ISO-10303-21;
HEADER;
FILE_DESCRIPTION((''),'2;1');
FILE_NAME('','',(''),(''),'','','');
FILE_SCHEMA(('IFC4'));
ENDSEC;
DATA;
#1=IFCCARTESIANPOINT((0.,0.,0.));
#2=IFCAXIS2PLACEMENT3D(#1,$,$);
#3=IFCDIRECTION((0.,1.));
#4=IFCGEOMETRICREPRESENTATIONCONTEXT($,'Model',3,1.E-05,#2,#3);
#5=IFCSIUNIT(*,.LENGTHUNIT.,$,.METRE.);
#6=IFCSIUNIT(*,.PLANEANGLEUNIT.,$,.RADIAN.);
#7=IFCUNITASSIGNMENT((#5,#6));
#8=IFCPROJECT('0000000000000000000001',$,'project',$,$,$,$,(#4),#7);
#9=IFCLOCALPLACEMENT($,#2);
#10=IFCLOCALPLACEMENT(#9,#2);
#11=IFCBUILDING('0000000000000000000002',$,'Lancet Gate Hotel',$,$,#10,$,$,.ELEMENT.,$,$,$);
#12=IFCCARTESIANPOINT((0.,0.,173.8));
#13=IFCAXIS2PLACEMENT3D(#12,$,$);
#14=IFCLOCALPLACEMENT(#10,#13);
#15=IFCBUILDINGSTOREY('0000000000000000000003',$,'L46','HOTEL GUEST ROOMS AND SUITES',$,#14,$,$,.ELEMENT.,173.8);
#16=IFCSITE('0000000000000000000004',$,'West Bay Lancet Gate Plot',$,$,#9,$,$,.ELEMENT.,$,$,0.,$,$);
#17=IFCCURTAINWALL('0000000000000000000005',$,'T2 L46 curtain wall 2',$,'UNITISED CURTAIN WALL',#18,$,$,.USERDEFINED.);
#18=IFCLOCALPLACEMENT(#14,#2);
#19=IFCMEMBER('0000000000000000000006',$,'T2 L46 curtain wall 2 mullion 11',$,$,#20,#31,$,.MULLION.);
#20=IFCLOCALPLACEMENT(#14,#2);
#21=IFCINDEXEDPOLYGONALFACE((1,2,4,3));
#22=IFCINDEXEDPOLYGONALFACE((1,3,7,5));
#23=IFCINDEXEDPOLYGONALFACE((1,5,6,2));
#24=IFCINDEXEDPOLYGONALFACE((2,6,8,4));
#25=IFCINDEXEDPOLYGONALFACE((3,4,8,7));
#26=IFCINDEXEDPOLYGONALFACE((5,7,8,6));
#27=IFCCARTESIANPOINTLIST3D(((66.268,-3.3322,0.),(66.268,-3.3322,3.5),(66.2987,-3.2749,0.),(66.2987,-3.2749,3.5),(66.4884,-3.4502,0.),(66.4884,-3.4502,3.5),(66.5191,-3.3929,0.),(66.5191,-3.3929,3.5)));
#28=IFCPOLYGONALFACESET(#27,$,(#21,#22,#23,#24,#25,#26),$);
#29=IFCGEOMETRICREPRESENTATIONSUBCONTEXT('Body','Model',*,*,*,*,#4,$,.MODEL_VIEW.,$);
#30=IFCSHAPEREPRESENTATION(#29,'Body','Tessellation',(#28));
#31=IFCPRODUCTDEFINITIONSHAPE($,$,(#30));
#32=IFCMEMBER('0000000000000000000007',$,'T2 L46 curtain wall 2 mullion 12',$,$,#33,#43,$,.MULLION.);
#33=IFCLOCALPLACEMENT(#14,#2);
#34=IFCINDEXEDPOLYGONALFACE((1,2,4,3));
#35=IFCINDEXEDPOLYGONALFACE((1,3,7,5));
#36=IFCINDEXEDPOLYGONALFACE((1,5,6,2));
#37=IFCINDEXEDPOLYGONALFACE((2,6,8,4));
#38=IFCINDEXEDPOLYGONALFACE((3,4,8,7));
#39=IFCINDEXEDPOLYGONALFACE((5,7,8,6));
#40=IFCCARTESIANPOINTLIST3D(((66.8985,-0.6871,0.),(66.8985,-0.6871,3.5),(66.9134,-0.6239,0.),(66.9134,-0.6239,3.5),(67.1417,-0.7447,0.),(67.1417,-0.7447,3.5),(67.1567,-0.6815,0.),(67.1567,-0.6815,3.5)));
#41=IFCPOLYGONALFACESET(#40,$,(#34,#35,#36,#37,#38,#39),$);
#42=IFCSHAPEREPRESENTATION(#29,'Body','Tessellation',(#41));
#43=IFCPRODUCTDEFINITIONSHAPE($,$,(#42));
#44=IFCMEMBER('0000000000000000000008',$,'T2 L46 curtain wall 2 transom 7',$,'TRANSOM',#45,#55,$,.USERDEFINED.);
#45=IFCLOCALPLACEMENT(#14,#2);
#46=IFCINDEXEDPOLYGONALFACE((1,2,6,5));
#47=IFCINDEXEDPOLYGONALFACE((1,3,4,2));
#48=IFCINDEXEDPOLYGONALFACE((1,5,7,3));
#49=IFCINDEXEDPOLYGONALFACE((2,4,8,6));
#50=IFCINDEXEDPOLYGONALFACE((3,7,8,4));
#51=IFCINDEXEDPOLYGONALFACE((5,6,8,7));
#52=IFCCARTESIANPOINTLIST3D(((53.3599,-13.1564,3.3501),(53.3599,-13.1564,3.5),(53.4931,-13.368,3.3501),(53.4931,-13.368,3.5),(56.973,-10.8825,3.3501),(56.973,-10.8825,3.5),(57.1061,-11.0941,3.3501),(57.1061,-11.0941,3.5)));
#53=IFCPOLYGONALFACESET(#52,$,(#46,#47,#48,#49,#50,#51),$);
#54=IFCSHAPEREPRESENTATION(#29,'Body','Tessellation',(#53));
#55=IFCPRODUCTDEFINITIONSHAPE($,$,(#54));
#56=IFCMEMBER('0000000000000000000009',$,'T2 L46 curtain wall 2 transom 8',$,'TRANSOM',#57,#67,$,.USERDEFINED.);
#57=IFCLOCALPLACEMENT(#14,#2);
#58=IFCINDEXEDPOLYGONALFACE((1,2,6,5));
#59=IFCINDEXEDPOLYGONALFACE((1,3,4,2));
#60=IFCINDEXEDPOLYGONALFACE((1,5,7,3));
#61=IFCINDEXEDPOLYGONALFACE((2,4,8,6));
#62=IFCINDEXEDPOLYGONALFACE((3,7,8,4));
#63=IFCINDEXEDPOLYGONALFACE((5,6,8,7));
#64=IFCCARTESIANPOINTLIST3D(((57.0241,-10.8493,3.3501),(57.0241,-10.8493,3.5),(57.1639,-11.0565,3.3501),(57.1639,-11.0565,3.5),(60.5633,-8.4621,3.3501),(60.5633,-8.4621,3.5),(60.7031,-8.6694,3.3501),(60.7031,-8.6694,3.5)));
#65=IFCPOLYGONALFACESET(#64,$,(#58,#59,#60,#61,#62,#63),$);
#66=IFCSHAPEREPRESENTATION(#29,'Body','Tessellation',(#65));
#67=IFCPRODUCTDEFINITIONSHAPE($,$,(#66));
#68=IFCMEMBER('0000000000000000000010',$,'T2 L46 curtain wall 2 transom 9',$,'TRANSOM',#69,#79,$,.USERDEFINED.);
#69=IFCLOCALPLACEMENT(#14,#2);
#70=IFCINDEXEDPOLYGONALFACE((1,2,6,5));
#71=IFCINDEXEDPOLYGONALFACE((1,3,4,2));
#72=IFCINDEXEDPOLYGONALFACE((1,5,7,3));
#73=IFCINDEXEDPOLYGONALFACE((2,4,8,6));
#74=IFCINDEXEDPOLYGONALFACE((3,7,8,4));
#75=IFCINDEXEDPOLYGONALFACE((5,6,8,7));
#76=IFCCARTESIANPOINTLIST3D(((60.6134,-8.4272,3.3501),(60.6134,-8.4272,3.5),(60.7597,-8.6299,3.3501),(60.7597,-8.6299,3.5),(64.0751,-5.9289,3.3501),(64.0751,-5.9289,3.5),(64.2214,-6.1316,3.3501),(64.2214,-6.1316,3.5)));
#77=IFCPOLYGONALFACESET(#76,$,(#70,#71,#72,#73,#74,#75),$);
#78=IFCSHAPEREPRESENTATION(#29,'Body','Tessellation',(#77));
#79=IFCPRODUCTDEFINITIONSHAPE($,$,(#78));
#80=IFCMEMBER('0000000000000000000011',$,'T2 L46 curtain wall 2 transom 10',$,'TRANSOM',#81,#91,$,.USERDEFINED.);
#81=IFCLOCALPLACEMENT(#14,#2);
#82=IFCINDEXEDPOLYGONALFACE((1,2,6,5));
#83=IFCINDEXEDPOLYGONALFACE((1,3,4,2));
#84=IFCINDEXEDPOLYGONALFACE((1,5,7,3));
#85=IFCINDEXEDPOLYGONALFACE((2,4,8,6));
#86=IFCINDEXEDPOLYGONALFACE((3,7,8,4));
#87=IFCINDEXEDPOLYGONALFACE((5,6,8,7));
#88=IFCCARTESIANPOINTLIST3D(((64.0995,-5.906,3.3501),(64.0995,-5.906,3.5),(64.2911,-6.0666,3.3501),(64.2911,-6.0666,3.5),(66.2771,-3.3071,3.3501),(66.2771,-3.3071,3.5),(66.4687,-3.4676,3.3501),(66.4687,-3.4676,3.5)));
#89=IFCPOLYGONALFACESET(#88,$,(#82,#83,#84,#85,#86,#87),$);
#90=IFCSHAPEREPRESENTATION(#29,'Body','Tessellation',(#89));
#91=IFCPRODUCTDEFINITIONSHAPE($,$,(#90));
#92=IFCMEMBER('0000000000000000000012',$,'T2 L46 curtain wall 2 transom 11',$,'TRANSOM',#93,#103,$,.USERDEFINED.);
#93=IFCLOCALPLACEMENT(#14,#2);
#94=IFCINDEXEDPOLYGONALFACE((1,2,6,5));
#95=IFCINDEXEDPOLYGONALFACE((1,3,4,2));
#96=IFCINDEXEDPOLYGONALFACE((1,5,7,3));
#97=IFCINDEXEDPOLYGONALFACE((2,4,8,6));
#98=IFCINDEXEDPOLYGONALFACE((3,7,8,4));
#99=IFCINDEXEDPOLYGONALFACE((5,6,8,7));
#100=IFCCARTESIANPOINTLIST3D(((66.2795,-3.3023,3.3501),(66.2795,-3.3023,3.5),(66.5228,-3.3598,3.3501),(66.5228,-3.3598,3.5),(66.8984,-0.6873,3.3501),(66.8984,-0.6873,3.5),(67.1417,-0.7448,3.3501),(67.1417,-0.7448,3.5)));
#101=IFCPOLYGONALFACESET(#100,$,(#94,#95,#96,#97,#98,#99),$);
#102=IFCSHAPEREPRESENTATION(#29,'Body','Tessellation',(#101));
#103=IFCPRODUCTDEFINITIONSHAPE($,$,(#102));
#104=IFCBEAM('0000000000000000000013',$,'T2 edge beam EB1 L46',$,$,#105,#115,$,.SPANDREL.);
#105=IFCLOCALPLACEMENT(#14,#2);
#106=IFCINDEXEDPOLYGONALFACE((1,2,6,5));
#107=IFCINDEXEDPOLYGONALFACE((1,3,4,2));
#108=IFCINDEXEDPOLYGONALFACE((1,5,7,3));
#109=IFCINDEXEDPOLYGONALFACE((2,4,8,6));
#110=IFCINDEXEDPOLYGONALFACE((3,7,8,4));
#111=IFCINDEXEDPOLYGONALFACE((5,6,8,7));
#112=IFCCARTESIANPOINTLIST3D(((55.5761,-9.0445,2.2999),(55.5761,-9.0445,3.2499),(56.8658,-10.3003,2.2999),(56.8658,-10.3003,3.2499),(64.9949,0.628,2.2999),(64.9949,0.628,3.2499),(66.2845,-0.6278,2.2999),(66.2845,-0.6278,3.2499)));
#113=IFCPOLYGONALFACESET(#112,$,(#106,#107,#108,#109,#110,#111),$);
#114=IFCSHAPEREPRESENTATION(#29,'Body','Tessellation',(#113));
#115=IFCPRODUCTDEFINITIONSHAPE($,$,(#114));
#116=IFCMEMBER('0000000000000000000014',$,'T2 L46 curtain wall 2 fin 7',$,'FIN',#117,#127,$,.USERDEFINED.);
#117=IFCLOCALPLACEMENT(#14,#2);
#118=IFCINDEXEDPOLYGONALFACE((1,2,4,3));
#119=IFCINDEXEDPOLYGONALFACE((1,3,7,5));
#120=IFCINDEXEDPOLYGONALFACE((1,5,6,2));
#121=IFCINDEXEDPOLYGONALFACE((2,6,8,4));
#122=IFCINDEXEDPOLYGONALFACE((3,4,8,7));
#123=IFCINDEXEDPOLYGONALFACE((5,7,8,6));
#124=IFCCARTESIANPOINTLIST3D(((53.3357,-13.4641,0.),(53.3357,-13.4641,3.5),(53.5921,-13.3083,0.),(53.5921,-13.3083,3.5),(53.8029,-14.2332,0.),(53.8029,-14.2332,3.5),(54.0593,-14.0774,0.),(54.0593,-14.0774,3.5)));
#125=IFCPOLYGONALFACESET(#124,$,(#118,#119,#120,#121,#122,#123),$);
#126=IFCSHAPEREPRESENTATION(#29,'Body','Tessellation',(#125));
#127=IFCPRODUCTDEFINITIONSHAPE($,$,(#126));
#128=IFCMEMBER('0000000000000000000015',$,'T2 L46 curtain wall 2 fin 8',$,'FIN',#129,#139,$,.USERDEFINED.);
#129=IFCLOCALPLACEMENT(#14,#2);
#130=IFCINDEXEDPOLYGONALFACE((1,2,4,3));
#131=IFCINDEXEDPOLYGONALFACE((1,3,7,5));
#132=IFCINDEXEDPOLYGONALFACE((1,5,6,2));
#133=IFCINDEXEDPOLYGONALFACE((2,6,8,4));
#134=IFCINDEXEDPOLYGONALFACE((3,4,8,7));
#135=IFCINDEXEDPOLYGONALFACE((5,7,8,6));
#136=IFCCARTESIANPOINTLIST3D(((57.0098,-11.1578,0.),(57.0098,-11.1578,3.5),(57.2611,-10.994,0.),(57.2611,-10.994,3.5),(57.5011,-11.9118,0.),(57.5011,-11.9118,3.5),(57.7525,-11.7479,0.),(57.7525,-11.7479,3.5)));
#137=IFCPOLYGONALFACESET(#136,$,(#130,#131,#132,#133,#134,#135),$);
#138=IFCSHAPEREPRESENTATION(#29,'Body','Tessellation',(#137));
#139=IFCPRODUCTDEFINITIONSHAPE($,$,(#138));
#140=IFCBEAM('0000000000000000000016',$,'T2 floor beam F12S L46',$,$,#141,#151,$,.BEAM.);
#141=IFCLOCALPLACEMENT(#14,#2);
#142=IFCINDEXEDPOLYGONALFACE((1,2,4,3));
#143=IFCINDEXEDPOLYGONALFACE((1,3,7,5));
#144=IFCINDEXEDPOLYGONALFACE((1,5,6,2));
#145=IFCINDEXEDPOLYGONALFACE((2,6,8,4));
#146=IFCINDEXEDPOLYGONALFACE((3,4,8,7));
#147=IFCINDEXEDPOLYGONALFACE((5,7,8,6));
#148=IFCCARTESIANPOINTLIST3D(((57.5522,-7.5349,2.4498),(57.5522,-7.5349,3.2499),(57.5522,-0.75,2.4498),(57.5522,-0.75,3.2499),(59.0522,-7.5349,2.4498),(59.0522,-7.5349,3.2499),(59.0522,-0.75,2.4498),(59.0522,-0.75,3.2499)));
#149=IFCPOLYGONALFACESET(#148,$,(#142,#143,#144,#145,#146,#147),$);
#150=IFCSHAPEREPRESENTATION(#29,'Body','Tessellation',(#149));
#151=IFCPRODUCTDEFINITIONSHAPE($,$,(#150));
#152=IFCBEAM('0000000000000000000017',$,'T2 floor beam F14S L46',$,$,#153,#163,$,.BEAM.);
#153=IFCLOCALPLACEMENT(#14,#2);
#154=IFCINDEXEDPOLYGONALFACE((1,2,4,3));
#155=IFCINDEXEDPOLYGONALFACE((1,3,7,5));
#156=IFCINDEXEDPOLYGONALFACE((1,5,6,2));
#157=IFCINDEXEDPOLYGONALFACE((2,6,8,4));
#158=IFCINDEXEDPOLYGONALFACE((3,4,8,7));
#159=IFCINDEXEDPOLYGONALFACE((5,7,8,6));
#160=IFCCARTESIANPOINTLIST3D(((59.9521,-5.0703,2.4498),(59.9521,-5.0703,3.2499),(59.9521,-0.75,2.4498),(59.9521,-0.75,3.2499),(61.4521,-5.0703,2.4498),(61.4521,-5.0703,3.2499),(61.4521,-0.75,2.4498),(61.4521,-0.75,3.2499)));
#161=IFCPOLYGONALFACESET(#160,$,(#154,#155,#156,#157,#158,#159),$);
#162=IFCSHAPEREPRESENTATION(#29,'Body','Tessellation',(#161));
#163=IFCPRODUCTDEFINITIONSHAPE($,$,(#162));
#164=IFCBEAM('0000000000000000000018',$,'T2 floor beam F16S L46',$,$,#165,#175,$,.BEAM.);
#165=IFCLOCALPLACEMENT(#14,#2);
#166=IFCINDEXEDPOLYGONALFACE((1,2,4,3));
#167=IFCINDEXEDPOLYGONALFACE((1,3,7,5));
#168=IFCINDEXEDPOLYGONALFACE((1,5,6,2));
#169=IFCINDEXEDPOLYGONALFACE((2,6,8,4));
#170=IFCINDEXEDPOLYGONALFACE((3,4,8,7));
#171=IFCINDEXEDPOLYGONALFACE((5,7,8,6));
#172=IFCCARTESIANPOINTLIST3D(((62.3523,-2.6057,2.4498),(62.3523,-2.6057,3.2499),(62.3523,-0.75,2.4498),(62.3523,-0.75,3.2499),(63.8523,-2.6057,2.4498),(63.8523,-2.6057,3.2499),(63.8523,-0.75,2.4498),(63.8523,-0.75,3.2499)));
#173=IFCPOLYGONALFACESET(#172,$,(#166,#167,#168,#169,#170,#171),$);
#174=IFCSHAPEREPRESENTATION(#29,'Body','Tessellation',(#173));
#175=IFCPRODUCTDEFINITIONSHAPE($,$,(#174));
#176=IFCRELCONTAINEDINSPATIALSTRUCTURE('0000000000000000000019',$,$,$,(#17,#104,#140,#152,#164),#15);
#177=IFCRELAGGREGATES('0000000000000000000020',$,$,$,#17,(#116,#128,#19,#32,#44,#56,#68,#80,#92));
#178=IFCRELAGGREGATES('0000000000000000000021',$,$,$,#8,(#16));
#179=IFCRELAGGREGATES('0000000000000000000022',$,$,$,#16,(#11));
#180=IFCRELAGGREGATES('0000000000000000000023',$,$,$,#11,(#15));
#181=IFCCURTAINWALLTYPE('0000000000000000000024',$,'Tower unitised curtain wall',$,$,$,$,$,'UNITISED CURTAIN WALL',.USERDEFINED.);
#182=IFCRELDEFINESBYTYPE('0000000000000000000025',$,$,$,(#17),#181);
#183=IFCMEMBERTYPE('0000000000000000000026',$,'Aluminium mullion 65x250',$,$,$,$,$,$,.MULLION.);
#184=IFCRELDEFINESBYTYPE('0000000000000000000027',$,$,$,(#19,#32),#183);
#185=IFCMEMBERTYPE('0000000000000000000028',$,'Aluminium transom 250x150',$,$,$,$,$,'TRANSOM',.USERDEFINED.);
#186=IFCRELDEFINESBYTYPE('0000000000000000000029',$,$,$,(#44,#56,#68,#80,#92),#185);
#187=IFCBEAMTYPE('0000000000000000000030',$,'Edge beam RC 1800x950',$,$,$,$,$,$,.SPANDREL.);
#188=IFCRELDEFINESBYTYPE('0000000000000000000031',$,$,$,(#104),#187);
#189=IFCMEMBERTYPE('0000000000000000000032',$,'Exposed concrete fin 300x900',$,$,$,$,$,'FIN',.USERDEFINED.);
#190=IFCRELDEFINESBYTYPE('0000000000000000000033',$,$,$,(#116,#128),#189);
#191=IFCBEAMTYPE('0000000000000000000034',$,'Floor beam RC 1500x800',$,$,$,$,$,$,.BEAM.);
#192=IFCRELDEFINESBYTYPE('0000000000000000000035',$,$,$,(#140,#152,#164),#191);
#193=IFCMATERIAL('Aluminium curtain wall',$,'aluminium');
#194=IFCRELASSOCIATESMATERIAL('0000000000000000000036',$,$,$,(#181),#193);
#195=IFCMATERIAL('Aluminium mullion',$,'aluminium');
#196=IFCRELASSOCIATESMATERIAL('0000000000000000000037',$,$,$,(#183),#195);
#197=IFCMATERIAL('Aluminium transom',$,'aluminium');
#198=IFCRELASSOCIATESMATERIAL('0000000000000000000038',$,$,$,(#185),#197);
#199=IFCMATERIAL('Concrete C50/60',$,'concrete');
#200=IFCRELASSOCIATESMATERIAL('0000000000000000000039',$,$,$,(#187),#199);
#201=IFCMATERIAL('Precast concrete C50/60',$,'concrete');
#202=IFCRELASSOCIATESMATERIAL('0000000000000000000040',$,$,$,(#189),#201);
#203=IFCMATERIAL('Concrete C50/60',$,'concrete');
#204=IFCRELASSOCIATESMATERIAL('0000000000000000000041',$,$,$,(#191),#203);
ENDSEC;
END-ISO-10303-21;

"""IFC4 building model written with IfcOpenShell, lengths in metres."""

from ifc_helpers import new_model, si_unit, direction, frame, origin, origin_2d, place, context, subcontext, project, spatial, rectangle, extrude, material, material_profile, profile_set, type_object, element, aggregate, save


model = new_model("IFC4")

# Units and contexts
model_context = context("Model", 3, precision=1e-05, world=origin(), true_north=direction((0.0, 1.0)))
body_context = subcontext(model_context, "Body", "Model", "MODEL_VIEW")
ifc_project = project(units=[si_unit("LENGTHUNIT", "METRE"), si_unit("PLANEANGLEUNIT", "RADIAN")], contexts=[model_context])

# Site, building, storey
site_placement = place(None, origin())
site = spatial("IfcSite", under=ifc_project, at=site_placement, Name="West Bay Lancet Gate Plot", CompositionType="ELEMENT", RefElevation=0.0)
building_placement = place(site_placement, origin())
building = spatial("IfcBuilding", under=site, at=building_placement, Name="Lancet Gate Hotel", CompositionType="ELEMENT")
storey_placement = place(building_placement, frame((0.0, 0.0, 173.8)))
storey = spatial("IfcBuildingStorey", under=building, at=storey_placement, Name="L46", Description="HOTEL GUEST ROOMS AND SUITES", CompositionType="ELEMENT", Elevation=173.8)

# Curtain wall, members
ifc_material_1 = material(Name="Aluminium curtain wall", Category="aluminium")
curtain_wall_type = type_object("IfcCurtainWallType", Name="Tower unitised curtain wall", ElementType="UNITISED CURTAIN WALL", PredefinedType="USERDEFINED", material=ifc_material_1)
curtain_wall_placement = place(storey_placement, origin())
curtain_wall = element("IfcCurtainWall", 1, at=curtain_wall_placement, inside=storey, type_object=curtain_wall_type, Name="T2 L46 curtain wall 2", ObjectType="UNITISED CURTAIN WALL", PredefinedType="USERDEFINED")
ifc_material_2 = material(Name="Aluminium mullion", Category="aluminium")
ifc_material_profile_1 = material_profile(ifc_material_2, rectangle(XDim=0.0649, YDim=0.25, at=origin_2d()), Name="MULLION 65x250")
ifc_profile_set_1 = profile_set([ifc_material_profile_1], Name="Aluminium mullion")
member_type_1 = type_object("IfcMemberType", Name="Aluminium mullion 65x250", PredefinedType="MULLION", material=ifc_profile_set_1)
member_1_placement = place(storey_placement, frame((66.3936, -3.3625, 0.0), z_axis=(0.0, 0.0, 1.0), x_axis=(0.472146, 0.88152, 0.0)))
member_1 = element("IfcMember", 2, at=member_1_placement, type_object=member_type_1, Name="T2 L46 curtain wall 2 mullion 11", PredefinedType="MULLION", context=body_context, shape_type="SweptSolid", body=[
    extrude(rectangle(XDim=0.0649, YDim=0.25, at=origin_2d()), origin(), (0.0, 0.0, 1.0), 3.5),
])
member_2_placement = place(storey_placement, frame((67.0276, -0.6843, 0.0), z_axis=(0.0, 0.0, 1.0), x_axis=(0.230367, 0.973104, 0.0)))
member_2 = element("IfcMember", 3, at=member_2_placement, type_object=member_type_1, Name="T2 L46 curtain wall 2 mullion 12", PredefinedType="MULLION", context=body_context, shape_type="SweptSolid", body=[
    extrude(rectangle(XDim=0.0649, YDim=0.25, at=origin_2d()), origin(), (0.0, 0.0, 1.0), 3.5),
])
ifc_material_3 = material(Name="Aluminium transom", Category="aluminium")
ifc_material_profile_2 = material_profile(ifc_material_3, rectangle(XDim=0.25, YDim=0.1499, at=origin_2d()), Name="TRANSOM 250x150")
ifc_profile_set_2 = profile_set([ifc_material_profile_2], Name="Aluminium transom")
member_type_2 = type_object("IfcMemberType", Name="Aluminium transom 250x150", ElementType="TRANSOM", PredefinedType="USERDEFINED", material=ifc_profile_set_2)
member_3_placement = place(storey_placement, frame((53.4265, -13.2622, 3.425), z_axis=(0.846333, 0.532654, 0.0), x_axis=(-0.532654, 0.846333, 0.0)))
member_3 = element("IfcMember", 4, at=member_3_placement, type_object=member_type_2, Name="T2 L46 curtain wall 2 transom 7", ObjectType="TRANSOM", PredefinedType="USERDEFINED", context=body_context, shape_type="SweptSolid", body=[
    extrude(rectangle(XDim=0.25, YDim=0.1499, at=origin_2d()), origin(), (0.0, 0.0, 1.0), 4.269),
])
member_4_placement = place(storey_placement, frame((57.094, -10.9529, 3.425), z_axis=(0.829047, 0.559179, 0.0), x_axis=(-0.559179, 0.829047, 0.0)))
member_4 = element("IfcMember", 5, at=member_4_placement, type_object=member_type_2, Name="T2 L46 curtain wall 2 transom 8", ObjectType="TRANSOM", PredefinedType="USERDEFINED", context=body_context, shape_type="SweptSolid", body=[
    extrude(rectangle(XDim=0.25, YDim=0.1499, at=origin_2d()), origin(), (0.0, 0.0, 1.0), 4.269),
])
member_5_placement = place(storey_placement, frame((60.6865, -8.5286, 3.425), z_axis=(0.81088, 0.585213, 0.0), x_axis=(-0.585213, 0.81088, 0.0)))
member_5 = element("IfcMember", 6, at=member_5_placement, type_object=member_type_2, Name="T2 L46 curtain wall 2 transom 9", ObjectType="TRANSOM", PredefinedType="USERDEFINED", context=body_context, shape_type="SweptSolid", body=[
    extrude(rectangle(XDim=0.25, YDim=0.1499, at=origin_2d()), origin(), (0.0, 0.0, 1.0), 4.269),
])
member_6_placement = place(storey_placement, frame((64.1953, -5.9863, 3.425), z_axis=(0.642229, 0.766513, 0.0), x_axis=(-0.766513, 0.642229, 0.0)))
member_6 = element("IfcMember", 7, at=member_6_placement, type_object=member_type_2, Name="T2 L46 curtain wall 2 transom 10", ObjectType="TRANSOM", PredefinedType="USERDEFINED", context=body_context, shape_type="SweptSolid", body=[
    extrude(rectangle(XDim=0.25, YDim=0.1499, at=origin_2d()), origin(), (0.0, 0.0, 1.0), 3.3906),
])
member_7_placement = place(storey_placement, frame((66.4011, -3.3311, 3.425), z_axis=(0.23031, 0.973117, 0.0), x_axis=(-0.973117, 0.23031, 0.0)))
member_7 = element("IfcMember", 8, at=member_7_placement, type_object=member_type_2, Name="T2 L46 curtain wall 2 transom 11", ObjectType="TRANSOM", PredefinedType="USERDEFINED", context=body_context, shape_type="SweptSolid", body=[
    extrude(rectangle(XDim=0.25, YDim=0.1499, at=origin_2d()), origin(), (0.0, 0.0, 1.0), 2.6873),
])

# Beam
ifc_material_4 = material(Name="Concrete C50/60", Category="concrete")
ifc_material_profile_3 = material_profile(ifc_material_4, rectangle(XDim=1.8, YDim=0.95, at=origin_2d()), Name="RC 1800x950")
ifc_profile_set_3 = profile_set([ifc_material_profile_3], Name="Concrete C50/60")
beam_type_1 = type_object("IfcBeamType", Name="Edge beam RC 1800x950", PredefinedType="SPANDREL", material=ifc_profile_set_3)
beam_1_placement = place(storey_placement, frame((56.2209, -9.6724, 2.7749), z_axis=(0.69765, 0.716439, 0.0), x_axis=(-0.716439, 0.69765, 0.0)))
element("IfcBeam", 9, at=beam_1_placement, inside=storey, type_object=beam_type_1, Name="T2 edge beam EB1 L46", PredefinedType="SPANDREL", context=body_context, shape_type="SweptSolid", body=[
    extrude(rectangle(XDim=1.8, YDim=0.95, at=origin_2d()), origin(), (0.0, 0.0, 1.0), 13.5007),
])

# Members
ifc_material_5 = material(Name="Precast concrete C50/60", Category="concrete")
ifc_material_profile_4 = material_profile(ifc_material_5, rectangle(XDim=0.3, YDim=0.8999, at=origin_2d()), Name="FIN 300x900")
ifc_profile_set_4 = profile_set([ifc_material_profile_4], Name="Precast concrete C50/60")
member_type_3 = type_object("IfcMemberType", Name="Exposed concrete fin 300x900", ElementType="FIN", PredefinedType="USERDEFINED", material=ifc_profile_set_4)
member_8_placement = place(storey_placement, frame((53.6975, -13.7708, 0.0), z_axis=(0.0, 0.0, 1.0), x_axis=(0.854691, 0.519137, 0.0)))
member_8 = element("IfcMember", 10, at=member_8_placement, type_object=member_type_3, Name="T2 L46 curtain wall 2 fin 7", ObjectType="FIN", PredefinedType="USERDEFINED", context=body_context, shape_type="SweptSolid", body=[
    extrude(rectangle(XDim=0.3, YDim=0.8999, at=origin_2d()), origin(), (0.0, 0.0, 1.0), 3.5),
])
member_9_placement = place(storey_placement, frame((57.3811, -11.4529, 0.0), z_axis=(0.0, 0.0, 1.0), x_axis=(0.837801, 0.545976, 0.0)))
member_9 = element("IfcMember", 11, at=member_9_placement, type_object=member_type_3, Name="T2 L46 curtain wall 2 fin 8", ObjectType="FIN", PredefinedType="USERDEFINED", context=body_context, shape_type="SweptSolid", body=[
    extrude(rectangle(XDim=0.3, YDim=0.8999, at=origin_2d()), origin(), (0.0, 0.0, 1.0), 3.5),
])

# Beams
ifc_material_6 = material(Name="Concrete C50/60", Category="concrete")
ifc_material_profile_5 = material_profile(ifc_material_6, rectangle(XDim=1.5, YDim=0.8, at=origin_2d()), Name="RC 1500x800")
ifc_profile_set_5 = profile_set([ifc_material_profile_5], Name="Concrete C50/60")
beam_type_2 = type_object("IfcBeamType", Name="Floor beam RC 1500x800", PredefinedType="BEAM", material=ifc_profile_set_5)
beam_2_placement = place(storey_placement, frame((58.3022, -7.5349, 2.8499), z_axis=(0.0, 1.0, 0.0), x_axis=(-1.0, 0.0, 0.0)))
element("IfcBeam", 12, at=beam_2_placement, inside=storey, type_object=beam_type_2, Name="T2 floor beam F12S L46", PredefinedType="BEAM", context=body_context, shape_type="SweptSolid", body=[
    extrude(rectangle(XDim=1.5, YDim=0.8, at=origin_2d()), origin(), (0.0, 0.0, 1.0), 6.7849),
])
beam_3_placement = place(storey_placement, frame((60.7021, -5.0703, 2.8499), z_axis=(0.0, 1.0, 0.0), x_axis=(-1.0, 0.0, 0.0)))
element("IfcBeam", 13, at=beam_3_placement, inside=storey, type_object=beam_type_2, Name="T2 floor beam F14S L46", PredefinedType="BEAM", context=body_context, shape_type="SweptSolid", body=[
    extrude(rectangle(XDim=1.5, YDim=0.8, at=origin_2d()), origin(), (0.0, 0.0, 1.0), 4.3203),
])
beam_4_placement = place(storey_placement, frame((63.1023, -2.6057, 2.8499), z_axis=(0.0, 1.0, 0.0), x_axis=(-1.0, 0.0, 0.0)))
element("IfcBeam", 14, at=beam_4_placement, inside=storey, type_object=beam_type_2, Name="T2 floor beam F16S L46", PredefinedType="BEAM", context=body_context, shape_type="SweptSolid", body=[
    extrude(rectangle(XDim=1.5, YDim=0.8, at=origin_2d()), origin(), (0.0, 0.0, 1.0), 1.8557),
])

aggregate(curtain_wall, [member_8, member_9, member_1, member_2, member_3, member_4, member_5, member_6, member_7])

save(model, "model.ifc")
